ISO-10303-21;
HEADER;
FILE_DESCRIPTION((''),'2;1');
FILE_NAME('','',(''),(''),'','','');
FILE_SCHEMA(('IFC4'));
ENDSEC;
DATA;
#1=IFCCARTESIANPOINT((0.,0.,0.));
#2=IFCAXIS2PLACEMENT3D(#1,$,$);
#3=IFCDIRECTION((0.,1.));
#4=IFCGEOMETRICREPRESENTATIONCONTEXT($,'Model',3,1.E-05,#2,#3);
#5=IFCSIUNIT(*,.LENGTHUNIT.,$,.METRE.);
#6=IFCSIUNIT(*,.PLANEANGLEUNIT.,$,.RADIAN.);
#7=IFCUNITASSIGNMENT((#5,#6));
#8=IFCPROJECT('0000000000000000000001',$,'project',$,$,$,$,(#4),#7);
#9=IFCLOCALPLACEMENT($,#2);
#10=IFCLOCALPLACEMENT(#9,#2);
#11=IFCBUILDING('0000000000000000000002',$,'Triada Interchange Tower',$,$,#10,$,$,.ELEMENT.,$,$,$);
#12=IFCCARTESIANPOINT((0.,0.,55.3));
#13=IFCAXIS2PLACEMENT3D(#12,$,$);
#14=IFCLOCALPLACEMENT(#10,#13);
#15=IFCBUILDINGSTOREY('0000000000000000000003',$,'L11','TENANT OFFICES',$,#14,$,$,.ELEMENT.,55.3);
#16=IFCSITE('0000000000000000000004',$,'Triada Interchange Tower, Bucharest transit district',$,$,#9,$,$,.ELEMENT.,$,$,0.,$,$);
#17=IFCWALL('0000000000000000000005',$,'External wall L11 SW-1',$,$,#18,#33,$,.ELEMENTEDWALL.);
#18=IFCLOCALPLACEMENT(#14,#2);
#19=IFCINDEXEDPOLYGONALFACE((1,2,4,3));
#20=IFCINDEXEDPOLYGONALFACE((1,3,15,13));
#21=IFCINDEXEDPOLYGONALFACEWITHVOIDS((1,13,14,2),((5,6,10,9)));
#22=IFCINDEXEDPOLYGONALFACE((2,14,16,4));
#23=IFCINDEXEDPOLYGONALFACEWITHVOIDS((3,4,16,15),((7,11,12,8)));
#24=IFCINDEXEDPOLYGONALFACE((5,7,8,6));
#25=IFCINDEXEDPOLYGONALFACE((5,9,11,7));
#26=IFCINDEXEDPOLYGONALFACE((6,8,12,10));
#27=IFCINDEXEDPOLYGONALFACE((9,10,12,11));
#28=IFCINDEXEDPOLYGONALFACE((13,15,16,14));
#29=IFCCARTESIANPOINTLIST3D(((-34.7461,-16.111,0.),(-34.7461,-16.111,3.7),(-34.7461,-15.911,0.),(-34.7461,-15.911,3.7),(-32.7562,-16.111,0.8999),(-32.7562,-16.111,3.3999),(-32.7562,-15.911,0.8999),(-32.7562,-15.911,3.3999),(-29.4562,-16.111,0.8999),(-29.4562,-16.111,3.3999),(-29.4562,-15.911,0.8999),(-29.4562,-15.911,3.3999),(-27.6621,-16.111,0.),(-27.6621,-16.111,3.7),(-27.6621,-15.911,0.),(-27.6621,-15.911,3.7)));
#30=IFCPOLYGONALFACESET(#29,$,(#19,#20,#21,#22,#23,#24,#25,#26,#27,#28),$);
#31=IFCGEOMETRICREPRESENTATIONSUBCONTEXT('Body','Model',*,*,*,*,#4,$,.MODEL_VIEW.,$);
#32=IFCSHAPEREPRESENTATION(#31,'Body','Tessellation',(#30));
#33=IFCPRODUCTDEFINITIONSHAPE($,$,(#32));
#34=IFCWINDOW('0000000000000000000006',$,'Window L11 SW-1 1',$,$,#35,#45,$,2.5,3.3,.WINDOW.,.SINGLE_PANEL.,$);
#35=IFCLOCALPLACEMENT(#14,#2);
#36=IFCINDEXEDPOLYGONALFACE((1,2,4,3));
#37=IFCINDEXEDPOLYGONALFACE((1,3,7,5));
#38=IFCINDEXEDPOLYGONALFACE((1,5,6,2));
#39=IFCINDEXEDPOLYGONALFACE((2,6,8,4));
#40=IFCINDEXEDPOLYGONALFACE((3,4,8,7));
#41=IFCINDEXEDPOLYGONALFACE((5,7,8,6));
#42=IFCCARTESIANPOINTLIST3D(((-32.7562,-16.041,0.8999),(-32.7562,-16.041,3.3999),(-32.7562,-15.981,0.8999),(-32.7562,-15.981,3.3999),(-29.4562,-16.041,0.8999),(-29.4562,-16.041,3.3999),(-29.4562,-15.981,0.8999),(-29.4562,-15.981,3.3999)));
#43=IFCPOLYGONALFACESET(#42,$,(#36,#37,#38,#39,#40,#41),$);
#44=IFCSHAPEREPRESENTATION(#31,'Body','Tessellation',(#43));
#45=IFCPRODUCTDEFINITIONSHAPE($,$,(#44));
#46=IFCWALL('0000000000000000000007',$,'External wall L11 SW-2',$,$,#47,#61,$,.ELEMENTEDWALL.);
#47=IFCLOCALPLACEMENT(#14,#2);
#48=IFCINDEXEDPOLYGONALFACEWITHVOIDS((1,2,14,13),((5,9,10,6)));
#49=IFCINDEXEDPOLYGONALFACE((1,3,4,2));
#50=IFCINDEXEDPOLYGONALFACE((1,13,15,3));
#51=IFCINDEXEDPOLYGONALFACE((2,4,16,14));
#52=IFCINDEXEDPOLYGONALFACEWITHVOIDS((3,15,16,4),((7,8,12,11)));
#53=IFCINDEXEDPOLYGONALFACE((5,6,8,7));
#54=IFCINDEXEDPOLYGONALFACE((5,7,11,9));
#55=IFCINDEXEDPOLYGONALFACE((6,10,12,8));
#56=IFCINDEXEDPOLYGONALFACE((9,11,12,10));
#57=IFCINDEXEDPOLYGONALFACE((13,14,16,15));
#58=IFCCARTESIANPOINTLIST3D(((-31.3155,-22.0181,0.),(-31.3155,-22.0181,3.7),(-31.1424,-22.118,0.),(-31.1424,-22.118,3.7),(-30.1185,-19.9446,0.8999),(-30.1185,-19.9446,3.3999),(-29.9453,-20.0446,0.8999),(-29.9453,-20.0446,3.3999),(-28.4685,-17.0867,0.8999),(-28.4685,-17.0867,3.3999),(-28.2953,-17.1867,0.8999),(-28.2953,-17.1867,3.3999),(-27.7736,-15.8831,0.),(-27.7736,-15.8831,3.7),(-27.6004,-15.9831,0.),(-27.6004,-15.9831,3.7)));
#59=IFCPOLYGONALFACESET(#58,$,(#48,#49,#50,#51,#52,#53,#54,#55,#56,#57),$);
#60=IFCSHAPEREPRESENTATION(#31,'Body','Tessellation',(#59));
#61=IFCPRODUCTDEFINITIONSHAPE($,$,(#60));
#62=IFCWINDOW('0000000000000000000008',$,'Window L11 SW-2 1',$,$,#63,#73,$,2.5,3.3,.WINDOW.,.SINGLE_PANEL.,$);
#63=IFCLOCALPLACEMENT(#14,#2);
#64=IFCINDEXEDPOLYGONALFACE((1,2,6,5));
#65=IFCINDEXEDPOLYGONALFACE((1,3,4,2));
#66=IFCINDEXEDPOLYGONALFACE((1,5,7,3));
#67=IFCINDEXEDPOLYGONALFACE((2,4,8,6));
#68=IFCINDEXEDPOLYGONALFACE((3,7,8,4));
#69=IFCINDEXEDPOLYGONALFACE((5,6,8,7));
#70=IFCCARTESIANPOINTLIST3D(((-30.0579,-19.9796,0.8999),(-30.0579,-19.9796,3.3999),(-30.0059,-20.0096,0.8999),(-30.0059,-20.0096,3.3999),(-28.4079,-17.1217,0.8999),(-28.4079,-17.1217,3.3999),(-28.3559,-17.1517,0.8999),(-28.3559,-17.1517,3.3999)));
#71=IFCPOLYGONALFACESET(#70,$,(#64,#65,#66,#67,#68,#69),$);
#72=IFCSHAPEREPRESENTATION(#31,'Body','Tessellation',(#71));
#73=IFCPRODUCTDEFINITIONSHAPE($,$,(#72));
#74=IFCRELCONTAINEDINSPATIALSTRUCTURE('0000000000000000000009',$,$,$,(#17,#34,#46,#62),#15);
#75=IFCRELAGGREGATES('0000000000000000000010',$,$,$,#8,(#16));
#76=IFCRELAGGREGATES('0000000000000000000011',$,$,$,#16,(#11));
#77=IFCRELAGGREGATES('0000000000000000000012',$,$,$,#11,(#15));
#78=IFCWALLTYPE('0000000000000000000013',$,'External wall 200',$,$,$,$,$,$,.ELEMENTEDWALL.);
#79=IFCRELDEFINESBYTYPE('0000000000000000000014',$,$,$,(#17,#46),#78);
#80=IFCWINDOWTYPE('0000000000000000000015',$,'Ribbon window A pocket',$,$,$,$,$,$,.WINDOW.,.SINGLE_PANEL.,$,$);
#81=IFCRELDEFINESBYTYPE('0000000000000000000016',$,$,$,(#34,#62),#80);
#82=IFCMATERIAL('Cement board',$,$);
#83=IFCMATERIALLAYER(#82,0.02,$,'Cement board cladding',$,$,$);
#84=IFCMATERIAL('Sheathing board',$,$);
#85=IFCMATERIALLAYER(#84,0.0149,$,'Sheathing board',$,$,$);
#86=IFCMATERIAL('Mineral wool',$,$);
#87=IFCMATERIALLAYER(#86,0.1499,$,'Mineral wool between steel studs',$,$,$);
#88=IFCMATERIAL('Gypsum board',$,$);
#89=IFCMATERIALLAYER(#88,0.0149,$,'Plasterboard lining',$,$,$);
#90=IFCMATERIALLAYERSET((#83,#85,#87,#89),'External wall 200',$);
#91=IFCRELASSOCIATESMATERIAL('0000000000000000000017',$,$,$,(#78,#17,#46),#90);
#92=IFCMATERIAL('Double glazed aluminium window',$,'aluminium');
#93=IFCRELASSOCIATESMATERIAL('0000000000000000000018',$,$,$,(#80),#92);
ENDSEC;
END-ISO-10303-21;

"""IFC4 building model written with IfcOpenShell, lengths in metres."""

from ifc_helpers import new_model, si_unit, direction, frame, frame_2d, origin, place, context, subcontext, project, spatial, rectangle, extrude, material, layer, layer_set, layer_usage, type_object, element, fill, save


model = new_model("IFC4")

# Units and contexts
model_context = context("Model", 3, precision=1e-05, world=origin(), true_north=direction((0.0, 1.0)))
body_context = subcontext(model_context, "Body", "Model", "MODEL_VIEW")
ifc_project = project(units=[si_unit("LENGTHUNIT", "METRE"), si_unit("PLANEANGLEUNIT", "RADIAN")], contexts=[model_context])

# Site, building, storey
site_placement = place(None, origin())
site = spatial("IfcSite", under=ifc_project, at=site_placement, Name="Triada Interchange Tower, Bucharest transit district", CompositionType="ELEMENT", RefElevation=0.0)
building_placement = place(site_placement, origin())
building = spatial("IfcBuilding", under=site, at=building_placement, Name="Triada Interchange Tower", CompositionType="ELEMENT")
storey_placement = place(building_placement, frame((0.0, 0.0, 55.3)))
storey = spatial("IfcBuildingStorey", under=building, at=storey_placement, Name="L11", Description="TENANT OFFICES", CompositionType="ELEMENT", Elevation=55.3)

# Walls, openings, windows
ifc_material_1 = material(Name="Cement board")
ifc_layer_1 = layer(ifc_material_1, 0.02, Name="Cement board cladding")
ifc_material_2 = material(Name="Sheathing board")
ifc_layer_2 = layer(ifc_material_2, 0.0149, Name="Sheathing board")
ifc_material_3 = material(Name="Mineral wool")
ifc_layer_3 = layer(ifc_material_3, 0.1499, Name="Mineral wool between steel studs")
ifc_material_4 = material(Name="Gypsum board")
ifc_layer_4 = layer(ifc_material_4, 0.0149, Name="Plasterboard lining")
ifc_layer_set_1 = layer_set([ifc_layer_1, ifc_layer_2, ifc_layer_3, ifc_layer_4], Name="External wall 200")
ifc_layer_usage = layer_usage(ifc_layer_set_1, "AXIS2", "POSITIVE", -0.1001)
wall_type_1 = type_object("IfcWallType", Name="External wall 200", PredefinedType="ELEMENTEDWALL", material=ifc_layer_set_1)
wall_1_placement = place(storey_placement, frame((-34.7461, -16.011, 0.0), z_axis=(0.0, 0.0, 1.0), x_axis=(1.0, 0.0, 0.0)))
wall_1 = element("IfcWall", 1, at=wall_1_placement, inside=storey, type_object=wall_type_1, material=ifc_layer_usage, Name="External wall L11 SW-1", PredefinedType="ELEMENTEDWALL", context=body_context, shape_type="SweptSolid", body=[
    extrude(rectangle(XDim=7.084, YDim=0.2, at=frame_2d((3.542, 0.0))), origin(), (0.0, 0.0, 1.0), 3.7),
])
opening_1_placement = place(wall_1_placement, frame((1.99, 0.0, 0.8999)))
opening_1 = element("IfcOpeningElement", 2, at=opening_1_placement, cuts=wall_1, PredefinedType="OPENING", context=body_context, shape_type="SweptSolid", body=[
    extrude(rectangle(XDim=3.3, YDim=2.5, at=frame_2d((1.6499, 1.25))), frame((0.0, 0.1099, 0.0), z_axis=(0.0, -1.0, 0.0), x_axis=(1.0, 0.0, 0.0)), (0.0, 0.0, 1.0), 0.22),
])
ifc_material_5 = material(Name="Double glazed aluminium window", Category="aluminium")
window_type_1 = type_object("IfcWindowType", Name="Ribbon window A pocket", PartitioningType="SINGLE_PANEL", PredefinedType="WINDOW", material=ifc_material_5)
window_1_placement = place(opening_1_placement, origin())
window_1 = element("IfcWindow", 3, at=window_1_placement, inside=storey, type_object=window_type_1, Name="Window L11 SW-1 1", OverallHeight=2.5, OverallWidth=3.3, PartitioningType="SINGLE_PANEL", PredefinedType="WINDOW", context=body_context, shape_type="SweptSolid", body=[
    extrude(rectangle(XDim=3.3, YDim=2.5, at=frame_2d((1.6499, 1.25))), frame((0.0, 0.03, 0.0), z_axis=(0.0, -1.0, 0.0), x_axis=(1.0, 0.0, 0.0)), (0.0, 0.0, 1.0), 0.0601),
])
fill(opening_1, window_1)
wall_2_placement = place(storey_placement, frame((-27.687, -15.9331, 0.0), z_axis=(0.0, 0.0, 1.0), x_axis=(-0.499994, -0.866029, 0.0)))
wall_2 = element("IfcWall", 4, at=wall_2_placement, inside=storey, type_object=wall_type_1, material=ifc_layer_usage, Name="External wall L11 SW-2", PredefinedType="ELEMENTEDWALL", context=body_context, shape_type="SweptSolid", body=[
    extrude(rectangle(XDim=7.084, YDim=0.2, at=frame_2d((3.542, 0.0))), origin(), (0.0, 0.0, 1.0), 3.7),
])
opening_2_placement = place(wall_2_placement, frame((1.3899, 0.0, 0.8999)))
opening_2 = element("IfcOpeningElement", 5, at=opening_2_placement, cuts=wall_2, PredefinedType="OPENING", context=body_context, shape_type="SweptSolid", body=[
    extrude(rectangle(XDim=3.3, YDim=2.5, at=frame_2d((1.6499, 1.25))), frame((0.0, 0.1099, 0.0), z_axis=(0.0, -1.0, 0.0), x_axis=(1.0, 0.0, 0.0)), (0.0, 0.0, 1.0), 0.22),
])
window_2_placement = place(opening_2_placement, origin())
window_2 = element("IfcWindow", 6, at=window_2_placement, inside=storey, type_object=window_type_1, Name="Window L11 SW-2 1", OverallHeight=2.5, OverallWidth=3.3, PartitioningType="SINGLE_PANEL", PredefinedType="WINDOW", context=body_context, shape_type="SweptSolid", body=[
    extrude(rectangle(XDim=3.3, YDim=2.5, at=frame_2d((1.6499, 1.25))), frame((0.0, 0.03, 0.0), z_axis=(0.0, -1.0, 0.0), x_axis=(1.0, 0.0, 0.0)), (0.0, 0.0, 1.0), 0.0601),
])
fill(opening_2, window_2)

save(model, "model.ifc")
